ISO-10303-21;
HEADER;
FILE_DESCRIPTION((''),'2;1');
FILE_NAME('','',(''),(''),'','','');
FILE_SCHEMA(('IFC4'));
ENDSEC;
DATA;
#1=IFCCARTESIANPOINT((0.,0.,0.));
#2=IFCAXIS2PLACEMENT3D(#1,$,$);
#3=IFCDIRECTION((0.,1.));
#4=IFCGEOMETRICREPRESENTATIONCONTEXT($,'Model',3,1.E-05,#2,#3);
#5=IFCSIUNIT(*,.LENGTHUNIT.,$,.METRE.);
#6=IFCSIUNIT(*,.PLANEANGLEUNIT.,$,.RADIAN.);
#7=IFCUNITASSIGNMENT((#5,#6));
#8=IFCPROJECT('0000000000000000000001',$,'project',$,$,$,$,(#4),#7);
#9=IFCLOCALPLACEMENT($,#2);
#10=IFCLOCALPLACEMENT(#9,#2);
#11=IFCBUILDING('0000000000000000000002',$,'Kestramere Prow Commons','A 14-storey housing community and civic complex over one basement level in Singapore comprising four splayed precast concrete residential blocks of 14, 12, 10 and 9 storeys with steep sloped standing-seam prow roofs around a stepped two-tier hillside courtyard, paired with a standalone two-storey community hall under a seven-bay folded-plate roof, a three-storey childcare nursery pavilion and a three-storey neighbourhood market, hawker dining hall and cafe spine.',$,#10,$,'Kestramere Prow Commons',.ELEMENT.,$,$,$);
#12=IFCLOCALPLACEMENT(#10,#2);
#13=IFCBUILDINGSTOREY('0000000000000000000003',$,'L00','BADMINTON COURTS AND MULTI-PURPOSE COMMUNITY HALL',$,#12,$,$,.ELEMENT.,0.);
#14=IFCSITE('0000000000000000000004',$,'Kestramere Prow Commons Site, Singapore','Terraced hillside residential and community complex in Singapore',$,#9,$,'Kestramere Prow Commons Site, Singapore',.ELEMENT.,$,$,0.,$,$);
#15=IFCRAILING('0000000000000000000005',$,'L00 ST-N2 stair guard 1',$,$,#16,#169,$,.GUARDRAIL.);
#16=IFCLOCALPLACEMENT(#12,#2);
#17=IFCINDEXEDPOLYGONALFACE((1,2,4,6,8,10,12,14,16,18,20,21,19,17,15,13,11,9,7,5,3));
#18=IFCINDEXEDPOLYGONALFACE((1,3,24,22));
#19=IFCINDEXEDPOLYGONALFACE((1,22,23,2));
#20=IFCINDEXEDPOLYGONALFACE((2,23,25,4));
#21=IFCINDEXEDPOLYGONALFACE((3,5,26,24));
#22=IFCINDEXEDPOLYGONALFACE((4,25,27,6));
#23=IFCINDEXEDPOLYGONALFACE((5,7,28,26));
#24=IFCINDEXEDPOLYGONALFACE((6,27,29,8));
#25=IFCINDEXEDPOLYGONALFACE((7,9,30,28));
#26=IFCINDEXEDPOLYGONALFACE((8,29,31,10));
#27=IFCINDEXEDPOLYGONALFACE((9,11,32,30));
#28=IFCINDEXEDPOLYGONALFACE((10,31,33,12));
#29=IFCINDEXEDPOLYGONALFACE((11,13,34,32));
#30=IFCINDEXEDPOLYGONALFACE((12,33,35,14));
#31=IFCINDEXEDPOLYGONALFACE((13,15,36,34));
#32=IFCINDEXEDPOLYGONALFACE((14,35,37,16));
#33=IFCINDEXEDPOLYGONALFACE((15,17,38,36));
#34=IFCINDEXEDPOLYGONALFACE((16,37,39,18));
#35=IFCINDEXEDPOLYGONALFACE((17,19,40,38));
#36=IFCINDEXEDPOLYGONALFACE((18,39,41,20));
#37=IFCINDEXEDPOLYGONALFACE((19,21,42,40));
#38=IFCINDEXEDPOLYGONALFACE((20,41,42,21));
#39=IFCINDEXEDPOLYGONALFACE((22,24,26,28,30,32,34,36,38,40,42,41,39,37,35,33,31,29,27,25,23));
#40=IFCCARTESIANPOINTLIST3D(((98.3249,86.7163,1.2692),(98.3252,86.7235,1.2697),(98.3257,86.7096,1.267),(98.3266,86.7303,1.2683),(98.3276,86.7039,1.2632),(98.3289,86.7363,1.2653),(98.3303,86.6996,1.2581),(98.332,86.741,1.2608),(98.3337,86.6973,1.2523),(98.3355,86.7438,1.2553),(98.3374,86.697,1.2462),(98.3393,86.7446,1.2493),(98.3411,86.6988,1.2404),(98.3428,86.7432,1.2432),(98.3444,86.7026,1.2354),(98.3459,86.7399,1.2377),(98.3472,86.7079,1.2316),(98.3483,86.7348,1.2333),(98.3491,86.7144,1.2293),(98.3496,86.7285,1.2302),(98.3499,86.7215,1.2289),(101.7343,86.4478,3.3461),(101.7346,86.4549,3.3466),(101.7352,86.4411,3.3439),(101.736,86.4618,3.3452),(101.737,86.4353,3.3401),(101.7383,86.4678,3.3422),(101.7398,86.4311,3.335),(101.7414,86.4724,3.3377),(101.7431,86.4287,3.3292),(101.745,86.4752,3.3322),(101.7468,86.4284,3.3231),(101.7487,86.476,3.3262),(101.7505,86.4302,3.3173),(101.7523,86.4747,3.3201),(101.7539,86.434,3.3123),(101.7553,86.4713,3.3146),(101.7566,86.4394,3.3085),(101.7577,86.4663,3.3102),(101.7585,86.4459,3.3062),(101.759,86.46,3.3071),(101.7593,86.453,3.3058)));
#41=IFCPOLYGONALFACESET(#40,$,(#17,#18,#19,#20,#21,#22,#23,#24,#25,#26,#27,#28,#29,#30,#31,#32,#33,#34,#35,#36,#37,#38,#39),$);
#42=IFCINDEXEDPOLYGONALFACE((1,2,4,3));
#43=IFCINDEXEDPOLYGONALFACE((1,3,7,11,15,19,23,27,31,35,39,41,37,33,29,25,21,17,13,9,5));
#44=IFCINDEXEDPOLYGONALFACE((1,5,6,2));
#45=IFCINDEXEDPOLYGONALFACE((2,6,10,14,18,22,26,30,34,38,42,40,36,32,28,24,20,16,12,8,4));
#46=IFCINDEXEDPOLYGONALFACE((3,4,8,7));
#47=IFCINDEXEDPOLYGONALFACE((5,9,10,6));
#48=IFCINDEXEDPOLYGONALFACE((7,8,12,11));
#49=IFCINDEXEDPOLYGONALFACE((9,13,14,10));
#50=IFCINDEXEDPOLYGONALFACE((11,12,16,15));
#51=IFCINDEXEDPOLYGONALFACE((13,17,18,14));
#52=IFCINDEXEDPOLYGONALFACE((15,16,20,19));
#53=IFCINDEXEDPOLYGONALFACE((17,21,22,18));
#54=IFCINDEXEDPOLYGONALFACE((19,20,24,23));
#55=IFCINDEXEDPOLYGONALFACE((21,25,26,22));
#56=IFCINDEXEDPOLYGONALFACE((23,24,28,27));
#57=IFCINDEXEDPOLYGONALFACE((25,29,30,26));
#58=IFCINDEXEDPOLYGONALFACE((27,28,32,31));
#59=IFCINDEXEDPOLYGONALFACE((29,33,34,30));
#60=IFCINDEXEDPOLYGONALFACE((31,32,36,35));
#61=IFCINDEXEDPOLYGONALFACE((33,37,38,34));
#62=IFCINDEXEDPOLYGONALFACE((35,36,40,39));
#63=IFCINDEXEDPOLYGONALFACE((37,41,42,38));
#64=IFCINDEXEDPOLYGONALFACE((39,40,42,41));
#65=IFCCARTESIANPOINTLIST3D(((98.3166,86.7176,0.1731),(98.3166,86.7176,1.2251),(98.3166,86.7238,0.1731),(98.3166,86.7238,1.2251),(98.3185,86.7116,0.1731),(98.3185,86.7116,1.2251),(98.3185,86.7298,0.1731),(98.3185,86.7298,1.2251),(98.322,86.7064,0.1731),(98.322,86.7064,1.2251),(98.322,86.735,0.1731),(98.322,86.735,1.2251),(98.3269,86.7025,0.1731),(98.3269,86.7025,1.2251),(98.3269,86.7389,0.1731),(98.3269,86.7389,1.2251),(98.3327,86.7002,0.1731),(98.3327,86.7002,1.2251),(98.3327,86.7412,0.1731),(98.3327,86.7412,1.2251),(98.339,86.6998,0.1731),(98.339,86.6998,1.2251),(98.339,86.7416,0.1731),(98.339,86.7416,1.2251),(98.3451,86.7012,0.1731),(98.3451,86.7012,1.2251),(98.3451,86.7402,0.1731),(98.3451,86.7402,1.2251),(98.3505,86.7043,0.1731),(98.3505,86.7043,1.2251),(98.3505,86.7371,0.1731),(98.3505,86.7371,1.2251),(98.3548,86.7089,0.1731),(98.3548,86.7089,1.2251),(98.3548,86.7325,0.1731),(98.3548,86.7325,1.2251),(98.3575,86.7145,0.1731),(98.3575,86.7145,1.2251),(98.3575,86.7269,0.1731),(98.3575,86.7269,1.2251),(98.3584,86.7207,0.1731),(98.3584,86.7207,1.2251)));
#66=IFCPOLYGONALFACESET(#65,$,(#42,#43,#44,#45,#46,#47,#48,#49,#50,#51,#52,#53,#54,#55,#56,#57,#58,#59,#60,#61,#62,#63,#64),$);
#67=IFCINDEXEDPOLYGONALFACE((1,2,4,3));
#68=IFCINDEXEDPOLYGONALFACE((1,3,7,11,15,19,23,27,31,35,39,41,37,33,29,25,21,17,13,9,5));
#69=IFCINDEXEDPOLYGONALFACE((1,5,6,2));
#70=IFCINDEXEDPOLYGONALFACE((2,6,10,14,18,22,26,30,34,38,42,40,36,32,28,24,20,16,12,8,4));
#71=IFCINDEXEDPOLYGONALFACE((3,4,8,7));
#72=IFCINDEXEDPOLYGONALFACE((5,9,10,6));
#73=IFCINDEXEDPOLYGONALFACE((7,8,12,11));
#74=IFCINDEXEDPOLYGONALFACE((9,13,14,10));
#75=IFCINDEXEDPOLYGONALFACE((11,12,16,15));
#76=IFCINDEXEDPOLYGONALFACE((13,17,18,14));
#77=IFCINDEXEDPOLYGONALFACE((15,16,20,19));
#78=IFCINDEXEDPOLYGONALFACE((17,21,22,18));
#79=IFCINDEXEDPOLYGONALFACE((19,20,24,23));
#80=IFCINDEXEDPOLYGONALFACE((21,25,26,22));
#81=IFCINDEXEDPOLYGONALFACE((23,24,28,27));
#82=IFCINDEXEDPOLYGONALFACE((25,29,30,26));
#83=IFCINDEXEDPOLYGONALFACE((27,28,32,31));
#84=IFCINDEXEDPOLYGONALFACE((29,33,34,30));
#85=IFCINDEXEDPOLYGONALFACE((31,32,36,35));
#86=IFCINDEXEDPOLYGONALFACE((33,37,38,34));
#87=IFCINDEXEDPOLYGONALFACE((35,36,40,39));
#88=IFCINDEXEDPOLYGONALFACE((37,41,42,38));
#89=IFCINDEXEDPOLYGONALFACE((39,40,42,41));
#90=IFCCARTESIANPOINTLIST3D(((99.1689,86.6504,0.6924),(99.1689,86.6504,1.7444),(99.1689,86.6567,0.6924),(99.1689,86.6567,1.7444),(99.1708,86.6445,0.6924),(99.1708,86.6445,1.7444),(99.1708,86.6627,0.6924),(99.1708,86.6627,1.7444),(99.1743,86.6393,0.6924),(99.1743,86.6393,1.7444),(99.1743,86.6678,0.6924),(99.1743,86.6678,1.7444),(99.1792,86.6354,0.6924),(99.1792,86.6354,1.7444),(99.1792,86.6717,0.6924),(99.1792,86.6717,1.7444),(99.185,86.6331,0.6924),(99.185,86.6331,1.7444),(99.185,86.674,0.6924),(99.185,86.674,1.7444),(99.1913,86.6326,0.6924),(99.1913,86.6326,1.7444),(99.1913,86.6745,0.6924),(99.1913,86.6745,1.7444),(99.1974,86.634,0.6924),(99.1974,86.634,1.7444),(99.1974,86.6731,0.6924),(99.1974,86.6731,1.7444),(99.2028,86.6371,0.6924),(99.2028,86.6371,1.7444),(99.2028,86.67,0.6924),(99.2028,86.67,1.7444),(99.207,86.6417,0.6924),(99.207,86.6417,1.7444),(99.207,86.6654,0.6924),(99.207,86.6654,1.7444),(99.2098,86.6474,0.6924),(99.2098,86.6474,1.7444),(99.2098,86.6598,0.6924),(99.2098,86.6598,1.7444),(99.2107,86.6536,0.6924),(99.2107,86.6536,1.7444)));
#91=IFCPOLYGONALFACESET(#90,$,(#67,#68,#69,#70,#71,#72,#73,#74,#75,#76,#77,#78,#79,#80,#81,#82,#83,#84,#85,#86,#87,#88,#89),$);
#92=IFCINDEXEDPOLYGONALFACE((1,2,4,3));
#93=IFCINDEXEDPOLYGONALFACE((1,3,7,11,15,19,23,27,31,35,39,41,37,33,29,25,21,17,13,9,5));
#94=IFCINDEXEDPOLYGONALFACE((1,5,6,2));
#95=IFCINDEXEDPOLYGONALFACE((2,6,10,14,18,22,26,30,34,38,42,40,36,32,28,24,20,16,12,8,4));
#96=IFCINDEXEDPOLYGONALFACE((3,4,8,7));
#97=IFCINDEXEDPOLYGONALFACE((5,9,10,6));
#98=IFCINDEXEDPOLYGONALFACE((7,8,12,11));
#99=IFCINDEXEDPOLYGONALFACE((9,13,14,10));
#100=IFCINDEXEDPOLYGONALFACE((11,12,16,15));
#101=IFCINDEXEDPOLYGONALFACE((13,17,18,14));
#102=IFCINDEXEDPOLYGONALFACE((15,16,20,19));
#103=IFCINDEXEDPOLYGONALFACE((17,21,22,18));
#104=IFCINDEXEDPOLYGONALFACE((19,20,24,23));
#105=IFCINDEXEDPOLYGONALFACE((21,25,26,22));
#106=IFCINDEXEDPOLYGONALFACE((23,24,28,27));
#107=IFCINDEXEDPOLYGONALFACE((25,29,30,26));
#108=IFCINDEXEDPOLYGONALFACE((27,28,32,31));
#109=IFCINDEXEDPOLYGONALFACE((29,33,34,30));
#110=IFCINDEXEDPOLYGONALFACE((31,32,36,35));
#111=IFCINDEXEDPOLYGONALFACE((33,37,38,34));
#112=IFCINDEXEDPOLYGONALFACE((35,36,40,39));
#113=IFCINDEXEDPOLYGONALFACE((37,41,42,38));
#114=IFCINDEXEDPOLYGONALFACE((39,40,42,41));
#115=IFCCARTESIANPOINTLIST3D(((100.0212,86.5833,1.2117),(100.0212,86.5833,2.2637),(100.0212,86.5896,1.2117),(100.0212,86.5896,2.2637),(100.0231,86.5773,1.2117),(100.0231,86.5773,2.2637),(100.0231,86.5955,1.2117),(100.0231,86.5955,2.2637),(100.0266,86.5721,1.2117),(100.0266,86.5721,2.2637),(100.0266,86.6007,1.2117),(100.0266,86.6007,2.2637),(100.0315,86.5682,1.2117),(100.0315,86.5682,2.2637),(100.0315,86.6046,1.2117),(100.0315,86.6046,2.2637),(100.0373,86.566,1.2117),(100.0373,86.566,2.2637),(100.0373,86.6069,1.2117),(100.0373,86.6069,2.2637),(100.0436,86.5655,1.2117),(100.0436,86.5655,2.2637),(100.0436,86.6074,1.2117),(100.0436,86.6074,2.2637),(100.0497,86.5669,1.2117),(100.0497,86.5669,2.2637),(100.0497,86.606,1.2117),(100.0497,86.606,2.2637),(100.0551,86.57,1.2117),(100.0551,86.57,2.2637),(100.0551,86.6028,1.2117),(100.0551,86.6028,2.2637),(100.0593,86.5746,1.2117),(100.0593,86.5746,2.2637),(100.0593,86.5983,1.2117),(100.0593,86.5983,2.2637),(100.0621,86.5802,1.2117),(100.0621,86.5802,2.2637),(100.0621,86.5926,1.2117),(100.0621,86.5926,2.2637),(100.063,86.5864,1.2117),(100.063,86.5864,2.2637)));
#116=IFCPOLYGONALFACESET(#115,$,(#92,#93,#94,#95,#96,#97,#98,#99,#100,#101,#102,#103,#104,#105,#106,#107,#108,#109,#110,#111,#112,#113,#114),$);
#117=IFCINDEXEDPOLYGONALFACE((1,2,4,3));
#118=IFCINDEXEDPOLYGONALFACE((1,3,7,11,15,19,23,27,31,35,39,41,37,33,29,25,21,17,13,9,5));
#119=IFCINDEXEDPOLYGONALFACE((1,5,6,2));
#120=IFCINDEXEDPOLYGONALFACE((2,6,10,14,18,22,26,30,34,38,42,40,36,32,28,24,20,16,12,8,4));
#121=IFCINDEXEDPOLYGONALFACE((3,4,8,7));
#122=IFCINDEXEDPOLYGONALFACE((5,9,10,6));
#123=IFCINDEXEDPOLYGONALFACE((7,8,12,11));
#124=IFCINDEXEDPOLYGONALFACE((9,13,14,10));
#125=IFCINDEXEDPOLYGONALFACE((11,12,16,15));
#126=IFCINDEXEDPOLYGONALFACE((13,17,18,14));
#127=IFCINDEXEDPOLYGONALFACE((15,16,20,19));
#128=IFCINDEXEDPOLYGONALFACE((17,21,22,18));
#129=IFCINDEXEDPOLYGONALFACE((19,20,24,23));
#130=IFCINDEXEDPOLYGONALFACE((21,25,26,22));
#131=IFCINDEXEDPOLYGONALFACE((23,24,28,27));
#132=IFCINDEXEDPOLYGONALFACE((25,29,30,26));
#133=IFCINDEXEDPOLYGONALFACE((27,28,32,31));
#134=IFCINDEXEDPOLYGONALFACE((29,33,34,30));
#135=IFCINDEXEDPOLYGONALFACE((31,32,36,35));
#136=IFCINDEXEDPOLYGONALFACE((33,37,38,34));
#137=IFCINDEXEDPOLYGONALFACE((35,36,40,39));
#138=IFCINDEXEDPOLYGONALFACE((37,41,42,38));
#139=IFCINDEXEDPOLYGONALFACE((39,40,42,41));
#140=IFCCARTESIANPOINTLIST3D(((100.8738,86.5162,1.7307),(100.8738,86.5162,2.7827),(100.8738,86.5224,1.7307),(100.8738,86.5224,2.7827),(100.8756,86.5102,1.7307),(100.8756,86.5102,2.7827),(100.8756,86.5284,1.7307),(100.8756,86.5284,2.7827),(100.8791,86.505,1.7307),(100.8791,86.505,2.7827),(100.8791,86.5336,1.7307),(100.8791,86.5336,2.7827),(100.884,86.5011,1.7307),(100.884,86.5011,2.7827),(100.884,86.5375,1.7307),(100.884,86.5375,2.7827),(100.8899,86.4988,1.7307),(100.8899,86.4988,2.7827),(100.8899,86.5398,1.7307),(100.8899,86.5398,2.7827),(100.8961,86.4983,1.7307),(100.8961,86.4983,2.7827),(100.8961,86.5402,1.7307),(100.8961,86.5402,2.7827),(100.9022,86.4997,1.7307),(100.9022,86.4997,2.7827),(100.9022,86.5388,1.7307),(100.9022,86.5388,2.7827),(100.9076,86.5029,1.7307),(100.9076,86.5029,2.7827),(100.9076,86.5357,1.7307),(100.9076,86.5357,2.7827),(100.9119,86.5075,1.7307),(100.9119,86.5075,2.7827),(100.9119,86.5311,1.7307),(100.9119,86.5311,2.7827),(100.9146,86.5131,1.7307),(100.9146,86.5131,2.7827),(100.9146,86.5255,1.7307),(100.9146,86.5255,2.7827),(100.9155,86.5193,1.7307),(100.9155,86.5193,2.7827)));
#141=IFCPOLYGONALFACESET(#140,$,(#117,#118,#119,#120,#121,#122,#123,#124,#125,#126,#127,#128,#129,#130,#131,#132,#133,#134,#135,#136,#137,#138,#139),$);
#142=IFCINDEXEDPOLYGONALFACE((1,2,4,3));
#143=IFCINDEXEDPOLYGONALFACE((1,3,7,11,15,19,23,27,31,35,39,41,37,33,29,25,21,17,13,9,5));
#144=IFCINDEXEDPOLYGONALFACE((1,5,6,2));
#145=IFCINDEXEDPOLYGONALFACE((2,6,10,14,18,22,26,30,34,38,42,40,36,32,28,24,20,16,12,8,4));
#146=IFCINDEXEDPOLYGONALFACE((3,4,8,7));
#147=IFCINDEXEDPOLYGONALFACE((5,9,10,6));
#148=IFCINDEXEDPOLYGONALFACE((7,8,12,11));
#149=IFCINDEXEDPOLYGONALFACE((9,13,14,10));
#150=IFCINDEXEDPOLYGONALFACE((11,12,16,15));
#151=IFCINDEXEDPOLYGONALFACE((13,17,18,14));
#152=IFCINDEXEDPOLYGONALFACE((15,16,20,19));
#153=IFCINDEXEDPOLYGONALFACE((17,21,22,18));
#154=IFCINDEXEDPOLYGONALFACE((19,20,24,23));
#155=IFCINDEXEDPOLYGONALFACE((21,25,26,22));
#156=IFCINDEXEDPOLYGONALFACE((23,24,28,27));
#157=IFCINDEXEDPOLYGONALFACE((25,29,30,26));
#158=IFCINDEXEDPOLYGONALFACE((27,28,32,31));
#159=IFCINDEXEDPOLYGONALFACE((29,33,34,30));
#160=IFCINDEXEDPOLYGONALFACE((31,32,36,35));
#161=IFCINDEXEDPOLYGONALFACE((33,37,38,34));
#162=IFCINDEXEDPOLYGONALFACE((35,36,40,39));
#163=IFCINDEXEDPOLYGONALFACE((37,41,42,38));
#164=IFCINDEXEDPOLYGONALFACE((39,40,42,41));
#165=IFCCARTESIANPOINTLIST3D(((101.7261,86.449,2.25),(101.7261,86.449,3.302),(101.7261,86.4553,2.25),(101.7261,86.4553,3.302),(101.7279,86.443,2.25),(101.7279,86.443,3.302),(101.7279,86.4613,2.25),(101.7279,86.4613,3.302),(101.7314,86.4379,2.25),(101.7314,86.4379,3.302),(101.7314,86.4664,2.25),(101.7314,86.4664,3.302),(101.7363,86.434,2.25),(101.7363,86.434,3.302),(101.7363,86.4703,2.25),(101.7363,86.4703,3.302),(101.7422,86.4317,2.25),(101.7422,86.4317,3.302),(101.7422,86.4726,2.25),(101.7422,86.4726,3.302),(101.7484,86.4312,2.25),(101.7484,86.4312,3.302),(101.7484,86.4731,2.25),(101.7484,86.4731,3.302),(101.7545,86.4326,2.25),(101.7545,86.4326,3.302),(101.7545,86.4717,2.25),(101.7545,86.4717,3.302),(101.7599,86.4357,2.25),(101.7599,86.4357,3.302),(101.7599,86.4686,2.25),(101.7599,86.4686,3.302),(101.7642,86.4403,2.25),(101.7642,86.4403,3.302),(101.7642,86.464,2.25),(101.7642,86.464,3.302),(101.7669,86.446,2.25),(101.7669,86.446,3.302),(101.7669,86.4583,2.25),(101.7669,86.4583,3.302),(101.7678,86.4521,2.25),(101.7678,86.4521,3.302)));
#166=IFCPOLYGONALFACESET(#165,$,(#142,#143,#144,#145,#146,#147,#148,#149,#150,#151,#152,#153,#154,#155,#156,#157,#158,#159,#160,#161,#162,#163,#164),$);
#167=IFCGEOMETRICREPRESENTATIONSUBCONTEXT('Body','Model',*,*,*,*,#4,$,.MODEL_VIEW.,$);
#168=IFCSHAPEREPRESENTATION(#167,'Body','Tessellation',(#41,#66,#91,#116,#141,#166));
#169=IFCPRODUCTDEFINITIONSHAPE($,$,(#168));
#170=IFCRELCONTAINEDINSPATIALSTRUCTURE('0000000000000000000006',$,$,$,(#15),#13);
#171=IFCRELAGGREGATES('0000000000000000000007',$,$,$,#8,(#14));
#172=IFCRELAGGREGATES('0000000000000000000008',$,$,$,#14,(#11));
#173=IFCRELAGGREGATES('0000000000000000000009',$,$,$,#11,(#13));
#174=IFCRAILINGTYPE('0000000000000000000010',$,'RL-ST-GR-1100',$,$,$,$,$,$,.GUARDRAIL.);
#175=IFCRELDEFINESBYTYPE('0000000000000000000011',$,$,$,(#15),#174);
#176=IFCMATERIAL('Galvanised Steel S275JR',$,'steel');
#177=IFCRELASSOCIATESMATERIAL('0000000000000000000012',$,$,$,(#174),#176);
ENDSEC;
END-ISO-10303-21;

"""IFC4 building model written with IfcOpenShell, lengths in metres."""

from ifc_helpers import new_model, si_unit, direction, frame, origin, origin_2d, place, context, subcontext, project, spatial, circle, extrude, material, type_object, element, save


model = new_model("IFC4")

# Units and contexts
model_context = context("Model", 3, precision=1e-05, world=origin(), true_north=direction((0.0, 1.0)))
body_context = subcontext(model_context, "Body", "Model", "MODEL_VIEW")
ifc_project = project(units=[si_unit("LENGTHUNIT", "METRE"), si_unit("PLANEANGLEUNIT", "RADIAN")], contexts=[model_context])

# Site, building, storey
site_placement = place(None, origin())
site = spatial("IfcSite", under=ifc_project, at=site_placement, Name="Kestramere Prow Commons Site, Singapore", Description="Terraced hillside residential and community complex in Singapore", LongName="Kestramere Prow Commons Site, Singapore", CompositionType="ELEMENT", RefElevation=0.0)
building_placement = place(site_placement, origin())
building = spatial("IfcBuilding", under=site, at=building_placement, Name="Kestramere Prow Commons", Description="A 14-storey housing community and civic complex over one basement level in Singapore comprising four splayed precast concrete residential blocks of 14, 12, 10 and 9 storeys with steep sloped standing-seam prow roofs around a stepped two-tier hillside courtyard, paired with a standalone two-storey community hall under a seven-bay folded-plate roof, a three-storey childcare nursery pavilion and a three-storey neighbourhood market, hawker dining hall and cafe spine.", LongName="Kestramere Prow Commons", CompositionType="ELEMENT")
storey_placement = place(building_placement, origin())
storey = spatial("IfcBuildingStorey", under=building, at=storey_placement, Name="L00", Description="BADMINTON COURTS AND MULTI-PURPOSE COMMUNITY HALL", CompositionType="ELEMENT", Elevation=0.0)

# Railing
ifc_material_1 = material(Name="Galvanised Steel S275JR", Category="steel")
railing_type_1 = type_object("IfcRailingType", Name="RL-ST-GR-1100", PredefinedType="GUARDRAIL", material=ifc_material_1)
railing_1_placement = place(storey_placement, frame((98.3374, 86.7207, 0.1731)))
element("IfcRailing", 1, at=railing_1_placement, inside=storey, type_object=railing_type_1, Name="L00 ST-N2 stair guard 1", PredefinedType="GUARDRAIL", context=body_context, shape_type="SweptSolid", body=[
    extrude(circle(Radius=0.0239, at=origin_2d()), frame((0.0, 0.0, 1.0762), z_axis=(0.852094, -0.067118, 0.519067), x_axis=(0.078525, 0.996912, 0.0)), (0.0, 0.0, 1.0), 4.0012),
    extrude(circle(Radius=0.021, at=origin_2d()), origin(), (0.0, 0.0, 1.0), 1.052),
    extrude(circle(Radius=0.021, at=origin_2d()), frame((0.8523, -0.0671, 0.5193)), (0.0, 0.0, 1.0), 1.052),
    extrude(circle(Radius=0.021, at=origin_2d()), frame((1.7046, -0.1343, 1.0386)), (0.0, 0.0, 1.0), 1.052),
    extrude(circle(Radius=0.021, at=origin_2d()), frame((2.5571, -0.2014, 1.5576)), (0.0, 0.0, 1.0), 1.052),
    extrude(circle(Radius=0.021, at=origin_2d()), frame((3.4094, -0.2686, 2.0769)), (0.0, 0.0, 1.0), 1.052),
])

save(model, "model.ifc")
